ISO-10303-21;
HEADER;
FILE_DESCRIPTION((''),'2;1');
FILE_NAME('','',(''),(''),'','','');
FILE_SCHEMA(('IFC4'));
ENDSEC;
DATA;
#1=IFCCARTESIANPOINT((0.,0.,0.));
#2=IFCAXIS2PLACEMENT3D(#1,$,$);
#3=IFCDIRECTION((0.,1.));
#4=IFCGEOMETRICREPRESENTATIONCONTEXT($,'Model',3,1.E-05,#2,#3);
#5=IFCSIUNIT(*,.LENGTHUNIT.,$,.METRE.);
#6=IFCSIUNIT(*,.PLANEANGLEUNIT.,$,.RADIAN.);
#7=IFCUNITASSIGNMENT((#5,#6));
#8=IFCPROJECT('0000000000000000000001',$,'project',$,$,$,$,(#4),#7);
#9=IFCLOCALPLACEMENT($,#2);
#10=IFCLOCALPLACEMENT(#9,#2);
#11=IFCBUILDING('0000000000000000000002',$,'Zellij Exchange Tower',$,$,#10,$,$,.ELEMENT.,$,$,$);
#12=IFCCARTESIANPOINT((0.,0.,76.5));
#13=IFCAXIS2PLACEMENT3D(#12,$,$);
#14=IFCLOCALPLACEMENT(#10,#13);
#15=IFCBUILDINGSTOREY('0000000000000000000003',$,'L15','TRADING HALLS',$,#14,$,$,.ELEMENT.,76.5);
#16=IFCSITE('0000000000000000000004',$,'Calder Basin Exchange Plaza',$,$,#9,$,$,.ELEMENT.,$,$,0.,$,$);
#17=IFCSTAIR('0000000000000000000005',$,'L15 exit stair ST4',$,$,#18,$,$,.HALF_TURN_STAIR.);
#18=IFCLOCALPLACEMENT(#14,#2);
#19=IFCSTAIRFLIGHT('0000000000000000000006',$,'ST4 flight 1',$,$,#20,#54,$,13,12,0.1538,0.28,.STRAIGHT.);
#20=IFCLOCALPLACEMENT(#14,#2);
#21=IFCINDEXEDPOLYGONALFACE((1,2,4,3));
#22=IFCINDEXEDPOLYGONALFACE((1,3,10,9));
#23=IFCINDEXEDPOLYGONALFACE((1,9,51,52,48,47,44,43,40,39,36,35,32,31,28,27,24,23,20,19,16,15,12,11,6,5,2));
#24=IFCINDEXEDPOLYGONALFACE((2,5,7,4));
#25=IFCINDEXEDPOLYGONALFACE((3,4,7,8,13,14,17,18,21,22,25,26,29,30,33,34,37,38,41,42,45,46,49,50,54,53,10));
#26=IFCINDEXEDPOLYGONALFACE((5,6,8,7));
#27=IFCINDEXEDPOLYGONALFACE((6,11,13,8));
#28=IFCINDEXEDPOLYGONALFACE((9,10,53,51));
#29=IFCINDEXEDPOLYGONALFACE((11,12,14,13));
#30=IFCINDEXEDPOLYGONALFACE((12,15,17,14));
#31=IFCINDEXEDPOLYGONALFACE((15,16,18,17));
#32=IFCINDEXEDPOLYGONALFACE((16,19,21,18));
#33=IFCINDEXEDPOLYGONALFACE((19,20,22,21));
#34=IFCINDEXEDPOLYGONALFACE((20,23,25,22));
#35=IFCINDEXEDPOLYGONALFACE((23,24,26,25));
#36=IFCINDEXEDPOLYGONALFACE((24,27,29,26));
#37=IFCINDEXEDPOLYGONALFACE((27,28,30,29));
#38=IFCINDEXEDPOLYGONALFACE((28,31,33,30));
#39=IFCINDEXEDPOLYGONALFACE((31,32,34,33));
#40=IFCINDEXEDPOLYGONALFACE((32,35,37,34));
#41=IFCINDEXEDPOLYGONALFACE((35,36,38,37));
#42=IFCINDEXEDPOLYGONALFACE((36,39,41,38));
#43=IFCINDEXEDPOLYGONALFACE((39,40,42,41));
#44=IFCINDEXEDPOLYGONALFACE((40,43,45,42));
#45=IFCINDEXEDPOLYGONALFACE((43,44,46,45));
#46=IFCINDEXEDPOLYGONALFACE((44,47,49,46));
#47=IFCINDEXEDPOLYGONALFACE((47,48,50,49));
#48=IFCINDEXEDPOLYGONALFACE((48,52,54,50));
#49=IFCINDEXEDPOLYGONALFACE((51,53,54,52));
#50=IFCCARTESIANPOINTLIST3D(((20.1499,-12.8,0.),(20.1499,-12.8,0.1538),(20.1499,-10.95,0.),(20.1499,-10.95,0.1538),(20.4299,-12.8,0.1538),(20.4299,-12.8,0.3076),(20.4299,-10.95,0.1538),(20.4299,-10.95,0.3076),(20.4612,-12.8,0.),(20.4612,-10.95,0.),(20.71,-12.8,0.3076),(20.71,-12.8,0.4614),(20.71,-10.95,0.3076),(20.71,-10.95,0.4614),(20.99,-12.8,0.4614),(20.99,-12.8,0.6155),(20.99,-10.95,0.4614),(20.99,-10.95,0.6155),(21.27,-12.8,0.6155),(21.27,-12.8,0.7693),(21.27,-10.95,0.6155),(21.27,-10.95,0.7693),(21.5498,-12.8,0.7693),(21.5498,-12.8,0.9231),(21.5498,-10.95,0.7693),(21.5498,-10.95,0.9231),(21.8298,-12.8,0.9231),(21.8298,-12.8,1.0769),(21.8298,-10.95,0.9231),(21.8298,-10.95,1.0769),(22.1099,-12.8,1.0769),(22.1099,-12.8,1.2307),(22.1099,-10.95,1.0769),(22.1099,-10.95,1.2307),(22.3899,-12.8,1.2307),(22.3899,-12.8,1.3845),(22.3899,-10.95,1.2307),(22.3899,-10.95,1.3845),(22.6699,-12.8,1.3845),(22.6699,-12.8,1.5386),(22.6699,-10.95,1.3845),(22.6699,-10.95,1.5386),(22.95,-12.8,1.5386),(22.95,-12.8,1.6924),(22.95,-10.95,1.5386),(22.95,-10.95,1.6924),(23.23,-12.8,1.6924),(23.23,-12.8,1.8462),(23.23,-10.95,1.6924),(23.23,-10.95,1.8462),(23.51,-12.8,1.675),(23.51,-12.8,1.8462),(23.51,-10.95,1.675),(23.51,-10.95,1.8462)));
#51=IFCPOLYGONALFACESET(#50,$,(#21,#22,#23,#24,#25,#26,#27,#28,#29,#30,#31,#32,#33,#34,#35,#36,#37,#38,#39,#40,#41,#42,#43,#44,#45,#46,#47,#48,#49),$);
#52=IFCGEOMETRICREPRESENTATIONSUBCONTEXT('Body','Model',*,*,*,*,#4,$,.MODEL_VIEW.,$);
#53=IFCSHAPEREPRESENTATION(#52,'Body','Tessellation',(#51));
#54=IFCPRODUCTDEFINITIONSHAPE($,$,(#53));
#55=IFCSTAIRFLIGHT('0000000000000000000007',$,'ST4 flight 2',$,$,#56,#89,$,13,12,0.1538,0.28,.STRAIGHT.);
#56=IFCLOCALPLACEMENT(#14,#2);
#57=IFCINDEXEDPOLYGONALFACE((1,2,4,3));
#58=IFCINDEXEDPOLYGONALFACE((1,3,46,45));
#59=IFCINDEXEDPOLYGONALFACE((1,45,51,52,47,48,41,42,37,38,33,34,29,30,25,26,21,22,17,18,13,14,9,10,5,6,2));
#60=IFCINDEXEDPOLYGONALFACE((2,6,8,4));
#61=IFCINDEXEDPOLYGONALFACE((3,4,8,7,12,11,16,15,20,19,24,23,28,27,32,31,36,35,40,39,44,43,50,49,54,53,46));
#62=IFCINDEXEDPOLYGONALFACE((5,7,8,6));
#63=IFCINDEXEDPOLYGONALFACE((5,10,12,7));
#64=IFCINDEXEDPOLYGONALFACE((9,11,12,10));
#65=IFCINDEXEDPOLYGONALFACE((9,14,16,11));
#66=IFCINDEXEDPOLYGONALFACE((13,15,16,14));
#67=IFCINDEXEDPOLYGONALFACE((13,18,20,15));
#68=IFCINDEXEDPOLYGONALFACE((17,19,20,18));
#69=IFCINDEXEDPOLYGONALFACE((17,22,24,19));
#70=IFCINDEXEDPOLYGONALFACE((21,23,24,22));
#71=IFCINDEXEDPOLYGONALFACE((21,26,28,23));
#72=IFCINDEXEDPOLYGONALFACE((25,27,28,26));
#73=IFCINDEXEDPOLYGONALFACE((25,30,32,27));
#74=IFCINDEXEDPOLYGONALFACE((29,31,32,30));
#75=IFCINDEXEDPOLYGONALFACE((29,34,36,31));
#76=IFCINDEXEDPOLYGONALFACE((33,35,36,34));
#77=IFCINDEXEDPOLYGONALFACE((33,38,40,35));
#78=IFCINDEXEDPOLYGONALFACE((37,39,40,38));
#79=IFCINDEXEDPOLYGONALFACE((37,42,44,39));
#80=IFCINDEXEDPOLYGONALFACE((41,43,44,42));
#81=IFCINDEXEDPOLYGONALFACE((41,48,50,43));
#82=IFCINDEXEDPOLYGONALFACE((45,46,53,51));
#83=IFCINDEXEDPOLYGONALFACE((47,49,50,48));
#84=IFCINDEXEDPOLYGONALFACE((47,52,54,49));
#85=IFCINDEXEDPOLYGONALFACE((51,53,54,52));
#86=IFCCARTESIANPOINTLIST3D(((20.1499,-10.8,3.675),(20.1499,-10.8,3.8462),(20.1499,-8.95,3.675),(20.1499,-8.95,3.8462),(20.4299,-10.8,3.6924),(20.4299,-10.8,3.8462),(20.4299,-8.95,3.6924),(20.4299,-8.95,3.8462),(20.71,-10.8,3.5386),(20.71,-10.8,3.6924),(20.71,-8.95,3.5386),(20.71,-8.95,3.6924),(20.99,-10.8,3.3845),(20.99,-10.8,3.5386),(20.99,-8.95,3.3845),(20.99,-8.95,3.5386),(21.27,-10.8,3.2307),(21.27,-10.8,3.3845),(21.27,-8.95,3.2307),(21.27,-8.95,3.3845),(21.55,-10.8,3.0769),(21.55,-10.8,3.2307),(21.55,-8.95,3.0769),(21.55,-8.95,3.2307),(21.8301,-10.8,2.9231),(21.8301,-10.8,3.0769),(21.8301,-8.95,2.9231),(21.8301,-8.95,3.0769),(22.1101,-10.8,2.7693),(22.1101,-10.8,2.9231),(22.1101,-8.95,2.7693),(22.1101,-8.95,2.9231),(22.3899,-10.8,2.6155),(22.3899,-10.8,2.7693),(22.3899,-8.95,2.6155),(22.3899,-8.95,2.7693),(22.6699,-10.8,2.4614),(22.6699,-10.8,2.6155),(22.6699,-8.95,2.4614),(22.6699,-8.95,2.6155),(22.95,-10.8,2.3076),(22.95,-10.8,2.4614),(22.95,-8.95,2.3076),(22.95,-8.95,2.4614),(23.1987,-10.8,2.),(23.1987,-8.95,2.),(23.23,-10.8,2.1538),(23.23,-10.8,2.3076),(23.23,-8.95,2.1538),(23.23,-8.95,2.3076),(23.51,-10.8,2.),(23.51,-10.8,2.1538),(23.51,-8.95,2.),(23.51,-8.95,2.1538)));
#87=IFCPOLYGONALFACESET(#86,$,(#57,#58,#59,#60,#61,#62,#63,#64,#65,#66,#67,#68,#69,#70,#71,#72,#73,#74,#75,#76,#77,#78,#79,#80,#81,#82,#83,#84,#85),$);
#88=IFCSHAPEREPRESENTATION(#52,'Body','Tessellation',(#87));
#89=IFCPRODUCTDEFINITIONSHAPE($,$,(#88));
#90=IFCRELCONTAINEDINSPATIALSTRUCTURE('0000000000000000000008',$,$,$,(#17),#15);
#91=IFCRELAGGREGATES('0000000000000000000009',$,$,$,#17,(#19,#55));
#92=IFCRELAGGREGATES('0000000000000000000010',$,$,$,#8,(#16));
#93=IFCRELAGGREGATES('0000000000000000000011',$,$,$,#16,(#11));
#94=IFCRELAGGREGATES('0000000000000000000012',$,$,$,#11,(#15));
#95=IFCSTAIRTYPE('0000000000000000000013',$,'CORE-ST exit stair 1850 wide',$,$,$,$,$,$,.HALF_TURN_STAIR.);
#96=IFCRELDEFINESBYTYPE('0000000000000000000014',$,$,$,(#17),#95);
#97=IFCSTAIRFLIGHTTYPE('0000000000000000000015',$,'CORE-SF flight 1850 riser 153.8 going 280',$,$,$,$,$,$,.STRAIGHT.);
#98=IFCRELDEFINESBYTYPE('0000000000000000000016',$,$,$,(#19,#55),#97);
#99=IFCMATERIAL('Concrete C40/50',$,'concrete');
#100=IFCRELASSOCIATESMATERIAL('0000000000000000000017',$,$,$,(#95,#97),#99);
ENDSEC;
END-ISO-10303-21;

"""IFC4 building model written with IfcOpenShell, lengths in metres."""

from ifc_helpers import new_model, si_unit, direction, frame, origin, place, context, subcontext, project, spatial, polyline, outline, extrude, material, type_object, element, aggregate, save


model = new_model("IFC4")

# Units and contexts
model_context = context("Model", 3, precision=1e-05, world=origin(), true_north=direction((0.0, 1.0)))
body_context = subcontext(model_context, "Body", "Model", "MODEL_VIEW")
ifc_project = project(units=[si_unit("LENGTHUNIT", "METRE"), si_unit("PLANEANGLEUNIT", "RADIAN")], contexts=[model_context])

# Site, building, storey
site_placement = place(None, origin())
site = spatial("IfcSite", under=ifc_project, at=site_placement, Name="Calder Basin Exchange Plaza", CompositionType="ELEMENT", RefElevation=0.0)
building_placement = place(site_placement, origin())
building = spatial("IfcBuilding", under=site, at=building_placement, Name="Zellij Exchange Tower", CompositionType="ELEMENT")
storey_placement = place(building_placement, frame((0.0, 0.0, 76.5)))
storey = spatial("IfcBuildingStorey", under=building, at=storey_placement, Name="L15", Description="TRADING HALLS", CompositionType="ELEMENT", Elevation=76.5)

# Stair, stair flights
ifc_material_1 = material(Name="Concrete C40/50", Category="concrete")
stair_type = type_object("IfcStairType", Name="CORE-ST exit stair 1850 wide", PredefinedType="HALF_TURN_STAIR", material=ifc_material_1)
stair_placement = place(storey_placement, origin())
stair = element("IfcStair", 1, at=stair_placement, inside=storey, type_object=stair_type, Name="L15 exit stair ST4", PredefinedType="HALF_TURN_STAIR")
stair_flight_type = type_object("IfcStairFlightType", Name="CORE-SF flight 1850 riser 153.8 going 280", PredefinedType="STRAIGHT", material=ifc_material_1)
stair_flight_1_placement = place(storey_placement, frame((20.1499, -11.875, 0.0), z_axis=(0.0, 0.0, 1.0), x_axis=(1.0, 0.0, 0.0)))
stair_flight_1 = element("IfcStairFlight", 2, at=stair_flight_1_placement, type_object=stair_flight_type, Name="ST4 flight 1", NumberOfRisers=13, NumberOfTreads=12, PredefinedType="STRAIGHT", RiserHeight=0.1538, TreadLength=0.28, context=body_context, shape_type="SweptSolid", body=[
    extrude(outline(polyline([(0.0, 0.0), (0.0, 0.1538), (0.28, 0.1538), (0.28, 0.3076), (0.5601, 0.3076), (0.5601, 0.4614), (0.8401, 0.4614), (0.8401, 0.6155), (1.1201, 0.6155), (1.1201, 0.7693), (1.3999, 0.7693), (1.3999, 0.9231), (1.6799, 0.9231), (1.6799, 1.0769), (1.96, 1.0769), (1.96, 1.2307), (2.24, 1.2307), (2.24, 1.3845), (2.52, 1.3845), (2.52, 1.5386), (2.8, 1.5386), (2.8, 1.6924), (3.0801, 1.6924), (3.0801, 1.8462), (3.3601, 1.8462), (3.3601, 2.0), (3.3601, 1.675), (0.3113, 0.0), (0.0, 0.0)])), frame((0.0, 0.925, 0.0), z_axis=(0.0, -1.0, 0.0), x_axis=(1.0, 0.0, 0.0)), (0.0, 0.0, 1.0), 1.8501),
])
stair_flight_2_placement = place(storey_placement, frame((23.51, -9.875, 2.0), z_axis=(0.0, 0.0, 1.0), x_axis=(-1.0, 0.0, 0.0)))
stair_flight_2 = element("IfcStairFlight", 3, at=stair_flight_2_placement, type_object=stair_flight_type, Name="ST4 flight 2", NumberOfRisers=13, NumberOfTreads=12, PredefinedType="STRAIGHT", RiserHeight=0.1538, TreadLength=0.28, context=body_context, shape_type="SweptSolid", body=[
    extrude(outline(polyline([(0.0, 0.0), (0.0, 0.1538), (0.28, 0.1538), (0.28, 0.3076), (0.5601, 0.3076), (0.5601, 0.4614), (0.8401, 0.4614), (0.8401, 0.6155), (1.1201, 0.6155), (1.1201, 0.7693), (1.3999, 0.7693), (1.3999, 0.9231), (1.6799, 0.9231), (1.6799, 1.0769), (1.96, 1.0769), (1.96, 1.2307), (2.24, 1.2307), (2.24, 1.3845), (2.52, 1.3845), (2.52, 1.5386), (2.8, 1.5386), (2.8, 1.6924), (3.0801, 1.6924), (3.0801, 1.8462), (3.3601, 1.8462), (3.3601, 2.0), (3.3601, 1.675), (0.3113, 0.0), (0.0, 0.0)])), frame((0.0, 0.925, 0.0), z_axis=(0.0, -1.0, 0.0), x_axis=(1.0, 0.0, 0.0)), (0.0, 0.0, 1.0), 1.8501),
])
aggregate(stair, [stair_flight_1, stair_flight_2])

save(model, "model.ifc")
